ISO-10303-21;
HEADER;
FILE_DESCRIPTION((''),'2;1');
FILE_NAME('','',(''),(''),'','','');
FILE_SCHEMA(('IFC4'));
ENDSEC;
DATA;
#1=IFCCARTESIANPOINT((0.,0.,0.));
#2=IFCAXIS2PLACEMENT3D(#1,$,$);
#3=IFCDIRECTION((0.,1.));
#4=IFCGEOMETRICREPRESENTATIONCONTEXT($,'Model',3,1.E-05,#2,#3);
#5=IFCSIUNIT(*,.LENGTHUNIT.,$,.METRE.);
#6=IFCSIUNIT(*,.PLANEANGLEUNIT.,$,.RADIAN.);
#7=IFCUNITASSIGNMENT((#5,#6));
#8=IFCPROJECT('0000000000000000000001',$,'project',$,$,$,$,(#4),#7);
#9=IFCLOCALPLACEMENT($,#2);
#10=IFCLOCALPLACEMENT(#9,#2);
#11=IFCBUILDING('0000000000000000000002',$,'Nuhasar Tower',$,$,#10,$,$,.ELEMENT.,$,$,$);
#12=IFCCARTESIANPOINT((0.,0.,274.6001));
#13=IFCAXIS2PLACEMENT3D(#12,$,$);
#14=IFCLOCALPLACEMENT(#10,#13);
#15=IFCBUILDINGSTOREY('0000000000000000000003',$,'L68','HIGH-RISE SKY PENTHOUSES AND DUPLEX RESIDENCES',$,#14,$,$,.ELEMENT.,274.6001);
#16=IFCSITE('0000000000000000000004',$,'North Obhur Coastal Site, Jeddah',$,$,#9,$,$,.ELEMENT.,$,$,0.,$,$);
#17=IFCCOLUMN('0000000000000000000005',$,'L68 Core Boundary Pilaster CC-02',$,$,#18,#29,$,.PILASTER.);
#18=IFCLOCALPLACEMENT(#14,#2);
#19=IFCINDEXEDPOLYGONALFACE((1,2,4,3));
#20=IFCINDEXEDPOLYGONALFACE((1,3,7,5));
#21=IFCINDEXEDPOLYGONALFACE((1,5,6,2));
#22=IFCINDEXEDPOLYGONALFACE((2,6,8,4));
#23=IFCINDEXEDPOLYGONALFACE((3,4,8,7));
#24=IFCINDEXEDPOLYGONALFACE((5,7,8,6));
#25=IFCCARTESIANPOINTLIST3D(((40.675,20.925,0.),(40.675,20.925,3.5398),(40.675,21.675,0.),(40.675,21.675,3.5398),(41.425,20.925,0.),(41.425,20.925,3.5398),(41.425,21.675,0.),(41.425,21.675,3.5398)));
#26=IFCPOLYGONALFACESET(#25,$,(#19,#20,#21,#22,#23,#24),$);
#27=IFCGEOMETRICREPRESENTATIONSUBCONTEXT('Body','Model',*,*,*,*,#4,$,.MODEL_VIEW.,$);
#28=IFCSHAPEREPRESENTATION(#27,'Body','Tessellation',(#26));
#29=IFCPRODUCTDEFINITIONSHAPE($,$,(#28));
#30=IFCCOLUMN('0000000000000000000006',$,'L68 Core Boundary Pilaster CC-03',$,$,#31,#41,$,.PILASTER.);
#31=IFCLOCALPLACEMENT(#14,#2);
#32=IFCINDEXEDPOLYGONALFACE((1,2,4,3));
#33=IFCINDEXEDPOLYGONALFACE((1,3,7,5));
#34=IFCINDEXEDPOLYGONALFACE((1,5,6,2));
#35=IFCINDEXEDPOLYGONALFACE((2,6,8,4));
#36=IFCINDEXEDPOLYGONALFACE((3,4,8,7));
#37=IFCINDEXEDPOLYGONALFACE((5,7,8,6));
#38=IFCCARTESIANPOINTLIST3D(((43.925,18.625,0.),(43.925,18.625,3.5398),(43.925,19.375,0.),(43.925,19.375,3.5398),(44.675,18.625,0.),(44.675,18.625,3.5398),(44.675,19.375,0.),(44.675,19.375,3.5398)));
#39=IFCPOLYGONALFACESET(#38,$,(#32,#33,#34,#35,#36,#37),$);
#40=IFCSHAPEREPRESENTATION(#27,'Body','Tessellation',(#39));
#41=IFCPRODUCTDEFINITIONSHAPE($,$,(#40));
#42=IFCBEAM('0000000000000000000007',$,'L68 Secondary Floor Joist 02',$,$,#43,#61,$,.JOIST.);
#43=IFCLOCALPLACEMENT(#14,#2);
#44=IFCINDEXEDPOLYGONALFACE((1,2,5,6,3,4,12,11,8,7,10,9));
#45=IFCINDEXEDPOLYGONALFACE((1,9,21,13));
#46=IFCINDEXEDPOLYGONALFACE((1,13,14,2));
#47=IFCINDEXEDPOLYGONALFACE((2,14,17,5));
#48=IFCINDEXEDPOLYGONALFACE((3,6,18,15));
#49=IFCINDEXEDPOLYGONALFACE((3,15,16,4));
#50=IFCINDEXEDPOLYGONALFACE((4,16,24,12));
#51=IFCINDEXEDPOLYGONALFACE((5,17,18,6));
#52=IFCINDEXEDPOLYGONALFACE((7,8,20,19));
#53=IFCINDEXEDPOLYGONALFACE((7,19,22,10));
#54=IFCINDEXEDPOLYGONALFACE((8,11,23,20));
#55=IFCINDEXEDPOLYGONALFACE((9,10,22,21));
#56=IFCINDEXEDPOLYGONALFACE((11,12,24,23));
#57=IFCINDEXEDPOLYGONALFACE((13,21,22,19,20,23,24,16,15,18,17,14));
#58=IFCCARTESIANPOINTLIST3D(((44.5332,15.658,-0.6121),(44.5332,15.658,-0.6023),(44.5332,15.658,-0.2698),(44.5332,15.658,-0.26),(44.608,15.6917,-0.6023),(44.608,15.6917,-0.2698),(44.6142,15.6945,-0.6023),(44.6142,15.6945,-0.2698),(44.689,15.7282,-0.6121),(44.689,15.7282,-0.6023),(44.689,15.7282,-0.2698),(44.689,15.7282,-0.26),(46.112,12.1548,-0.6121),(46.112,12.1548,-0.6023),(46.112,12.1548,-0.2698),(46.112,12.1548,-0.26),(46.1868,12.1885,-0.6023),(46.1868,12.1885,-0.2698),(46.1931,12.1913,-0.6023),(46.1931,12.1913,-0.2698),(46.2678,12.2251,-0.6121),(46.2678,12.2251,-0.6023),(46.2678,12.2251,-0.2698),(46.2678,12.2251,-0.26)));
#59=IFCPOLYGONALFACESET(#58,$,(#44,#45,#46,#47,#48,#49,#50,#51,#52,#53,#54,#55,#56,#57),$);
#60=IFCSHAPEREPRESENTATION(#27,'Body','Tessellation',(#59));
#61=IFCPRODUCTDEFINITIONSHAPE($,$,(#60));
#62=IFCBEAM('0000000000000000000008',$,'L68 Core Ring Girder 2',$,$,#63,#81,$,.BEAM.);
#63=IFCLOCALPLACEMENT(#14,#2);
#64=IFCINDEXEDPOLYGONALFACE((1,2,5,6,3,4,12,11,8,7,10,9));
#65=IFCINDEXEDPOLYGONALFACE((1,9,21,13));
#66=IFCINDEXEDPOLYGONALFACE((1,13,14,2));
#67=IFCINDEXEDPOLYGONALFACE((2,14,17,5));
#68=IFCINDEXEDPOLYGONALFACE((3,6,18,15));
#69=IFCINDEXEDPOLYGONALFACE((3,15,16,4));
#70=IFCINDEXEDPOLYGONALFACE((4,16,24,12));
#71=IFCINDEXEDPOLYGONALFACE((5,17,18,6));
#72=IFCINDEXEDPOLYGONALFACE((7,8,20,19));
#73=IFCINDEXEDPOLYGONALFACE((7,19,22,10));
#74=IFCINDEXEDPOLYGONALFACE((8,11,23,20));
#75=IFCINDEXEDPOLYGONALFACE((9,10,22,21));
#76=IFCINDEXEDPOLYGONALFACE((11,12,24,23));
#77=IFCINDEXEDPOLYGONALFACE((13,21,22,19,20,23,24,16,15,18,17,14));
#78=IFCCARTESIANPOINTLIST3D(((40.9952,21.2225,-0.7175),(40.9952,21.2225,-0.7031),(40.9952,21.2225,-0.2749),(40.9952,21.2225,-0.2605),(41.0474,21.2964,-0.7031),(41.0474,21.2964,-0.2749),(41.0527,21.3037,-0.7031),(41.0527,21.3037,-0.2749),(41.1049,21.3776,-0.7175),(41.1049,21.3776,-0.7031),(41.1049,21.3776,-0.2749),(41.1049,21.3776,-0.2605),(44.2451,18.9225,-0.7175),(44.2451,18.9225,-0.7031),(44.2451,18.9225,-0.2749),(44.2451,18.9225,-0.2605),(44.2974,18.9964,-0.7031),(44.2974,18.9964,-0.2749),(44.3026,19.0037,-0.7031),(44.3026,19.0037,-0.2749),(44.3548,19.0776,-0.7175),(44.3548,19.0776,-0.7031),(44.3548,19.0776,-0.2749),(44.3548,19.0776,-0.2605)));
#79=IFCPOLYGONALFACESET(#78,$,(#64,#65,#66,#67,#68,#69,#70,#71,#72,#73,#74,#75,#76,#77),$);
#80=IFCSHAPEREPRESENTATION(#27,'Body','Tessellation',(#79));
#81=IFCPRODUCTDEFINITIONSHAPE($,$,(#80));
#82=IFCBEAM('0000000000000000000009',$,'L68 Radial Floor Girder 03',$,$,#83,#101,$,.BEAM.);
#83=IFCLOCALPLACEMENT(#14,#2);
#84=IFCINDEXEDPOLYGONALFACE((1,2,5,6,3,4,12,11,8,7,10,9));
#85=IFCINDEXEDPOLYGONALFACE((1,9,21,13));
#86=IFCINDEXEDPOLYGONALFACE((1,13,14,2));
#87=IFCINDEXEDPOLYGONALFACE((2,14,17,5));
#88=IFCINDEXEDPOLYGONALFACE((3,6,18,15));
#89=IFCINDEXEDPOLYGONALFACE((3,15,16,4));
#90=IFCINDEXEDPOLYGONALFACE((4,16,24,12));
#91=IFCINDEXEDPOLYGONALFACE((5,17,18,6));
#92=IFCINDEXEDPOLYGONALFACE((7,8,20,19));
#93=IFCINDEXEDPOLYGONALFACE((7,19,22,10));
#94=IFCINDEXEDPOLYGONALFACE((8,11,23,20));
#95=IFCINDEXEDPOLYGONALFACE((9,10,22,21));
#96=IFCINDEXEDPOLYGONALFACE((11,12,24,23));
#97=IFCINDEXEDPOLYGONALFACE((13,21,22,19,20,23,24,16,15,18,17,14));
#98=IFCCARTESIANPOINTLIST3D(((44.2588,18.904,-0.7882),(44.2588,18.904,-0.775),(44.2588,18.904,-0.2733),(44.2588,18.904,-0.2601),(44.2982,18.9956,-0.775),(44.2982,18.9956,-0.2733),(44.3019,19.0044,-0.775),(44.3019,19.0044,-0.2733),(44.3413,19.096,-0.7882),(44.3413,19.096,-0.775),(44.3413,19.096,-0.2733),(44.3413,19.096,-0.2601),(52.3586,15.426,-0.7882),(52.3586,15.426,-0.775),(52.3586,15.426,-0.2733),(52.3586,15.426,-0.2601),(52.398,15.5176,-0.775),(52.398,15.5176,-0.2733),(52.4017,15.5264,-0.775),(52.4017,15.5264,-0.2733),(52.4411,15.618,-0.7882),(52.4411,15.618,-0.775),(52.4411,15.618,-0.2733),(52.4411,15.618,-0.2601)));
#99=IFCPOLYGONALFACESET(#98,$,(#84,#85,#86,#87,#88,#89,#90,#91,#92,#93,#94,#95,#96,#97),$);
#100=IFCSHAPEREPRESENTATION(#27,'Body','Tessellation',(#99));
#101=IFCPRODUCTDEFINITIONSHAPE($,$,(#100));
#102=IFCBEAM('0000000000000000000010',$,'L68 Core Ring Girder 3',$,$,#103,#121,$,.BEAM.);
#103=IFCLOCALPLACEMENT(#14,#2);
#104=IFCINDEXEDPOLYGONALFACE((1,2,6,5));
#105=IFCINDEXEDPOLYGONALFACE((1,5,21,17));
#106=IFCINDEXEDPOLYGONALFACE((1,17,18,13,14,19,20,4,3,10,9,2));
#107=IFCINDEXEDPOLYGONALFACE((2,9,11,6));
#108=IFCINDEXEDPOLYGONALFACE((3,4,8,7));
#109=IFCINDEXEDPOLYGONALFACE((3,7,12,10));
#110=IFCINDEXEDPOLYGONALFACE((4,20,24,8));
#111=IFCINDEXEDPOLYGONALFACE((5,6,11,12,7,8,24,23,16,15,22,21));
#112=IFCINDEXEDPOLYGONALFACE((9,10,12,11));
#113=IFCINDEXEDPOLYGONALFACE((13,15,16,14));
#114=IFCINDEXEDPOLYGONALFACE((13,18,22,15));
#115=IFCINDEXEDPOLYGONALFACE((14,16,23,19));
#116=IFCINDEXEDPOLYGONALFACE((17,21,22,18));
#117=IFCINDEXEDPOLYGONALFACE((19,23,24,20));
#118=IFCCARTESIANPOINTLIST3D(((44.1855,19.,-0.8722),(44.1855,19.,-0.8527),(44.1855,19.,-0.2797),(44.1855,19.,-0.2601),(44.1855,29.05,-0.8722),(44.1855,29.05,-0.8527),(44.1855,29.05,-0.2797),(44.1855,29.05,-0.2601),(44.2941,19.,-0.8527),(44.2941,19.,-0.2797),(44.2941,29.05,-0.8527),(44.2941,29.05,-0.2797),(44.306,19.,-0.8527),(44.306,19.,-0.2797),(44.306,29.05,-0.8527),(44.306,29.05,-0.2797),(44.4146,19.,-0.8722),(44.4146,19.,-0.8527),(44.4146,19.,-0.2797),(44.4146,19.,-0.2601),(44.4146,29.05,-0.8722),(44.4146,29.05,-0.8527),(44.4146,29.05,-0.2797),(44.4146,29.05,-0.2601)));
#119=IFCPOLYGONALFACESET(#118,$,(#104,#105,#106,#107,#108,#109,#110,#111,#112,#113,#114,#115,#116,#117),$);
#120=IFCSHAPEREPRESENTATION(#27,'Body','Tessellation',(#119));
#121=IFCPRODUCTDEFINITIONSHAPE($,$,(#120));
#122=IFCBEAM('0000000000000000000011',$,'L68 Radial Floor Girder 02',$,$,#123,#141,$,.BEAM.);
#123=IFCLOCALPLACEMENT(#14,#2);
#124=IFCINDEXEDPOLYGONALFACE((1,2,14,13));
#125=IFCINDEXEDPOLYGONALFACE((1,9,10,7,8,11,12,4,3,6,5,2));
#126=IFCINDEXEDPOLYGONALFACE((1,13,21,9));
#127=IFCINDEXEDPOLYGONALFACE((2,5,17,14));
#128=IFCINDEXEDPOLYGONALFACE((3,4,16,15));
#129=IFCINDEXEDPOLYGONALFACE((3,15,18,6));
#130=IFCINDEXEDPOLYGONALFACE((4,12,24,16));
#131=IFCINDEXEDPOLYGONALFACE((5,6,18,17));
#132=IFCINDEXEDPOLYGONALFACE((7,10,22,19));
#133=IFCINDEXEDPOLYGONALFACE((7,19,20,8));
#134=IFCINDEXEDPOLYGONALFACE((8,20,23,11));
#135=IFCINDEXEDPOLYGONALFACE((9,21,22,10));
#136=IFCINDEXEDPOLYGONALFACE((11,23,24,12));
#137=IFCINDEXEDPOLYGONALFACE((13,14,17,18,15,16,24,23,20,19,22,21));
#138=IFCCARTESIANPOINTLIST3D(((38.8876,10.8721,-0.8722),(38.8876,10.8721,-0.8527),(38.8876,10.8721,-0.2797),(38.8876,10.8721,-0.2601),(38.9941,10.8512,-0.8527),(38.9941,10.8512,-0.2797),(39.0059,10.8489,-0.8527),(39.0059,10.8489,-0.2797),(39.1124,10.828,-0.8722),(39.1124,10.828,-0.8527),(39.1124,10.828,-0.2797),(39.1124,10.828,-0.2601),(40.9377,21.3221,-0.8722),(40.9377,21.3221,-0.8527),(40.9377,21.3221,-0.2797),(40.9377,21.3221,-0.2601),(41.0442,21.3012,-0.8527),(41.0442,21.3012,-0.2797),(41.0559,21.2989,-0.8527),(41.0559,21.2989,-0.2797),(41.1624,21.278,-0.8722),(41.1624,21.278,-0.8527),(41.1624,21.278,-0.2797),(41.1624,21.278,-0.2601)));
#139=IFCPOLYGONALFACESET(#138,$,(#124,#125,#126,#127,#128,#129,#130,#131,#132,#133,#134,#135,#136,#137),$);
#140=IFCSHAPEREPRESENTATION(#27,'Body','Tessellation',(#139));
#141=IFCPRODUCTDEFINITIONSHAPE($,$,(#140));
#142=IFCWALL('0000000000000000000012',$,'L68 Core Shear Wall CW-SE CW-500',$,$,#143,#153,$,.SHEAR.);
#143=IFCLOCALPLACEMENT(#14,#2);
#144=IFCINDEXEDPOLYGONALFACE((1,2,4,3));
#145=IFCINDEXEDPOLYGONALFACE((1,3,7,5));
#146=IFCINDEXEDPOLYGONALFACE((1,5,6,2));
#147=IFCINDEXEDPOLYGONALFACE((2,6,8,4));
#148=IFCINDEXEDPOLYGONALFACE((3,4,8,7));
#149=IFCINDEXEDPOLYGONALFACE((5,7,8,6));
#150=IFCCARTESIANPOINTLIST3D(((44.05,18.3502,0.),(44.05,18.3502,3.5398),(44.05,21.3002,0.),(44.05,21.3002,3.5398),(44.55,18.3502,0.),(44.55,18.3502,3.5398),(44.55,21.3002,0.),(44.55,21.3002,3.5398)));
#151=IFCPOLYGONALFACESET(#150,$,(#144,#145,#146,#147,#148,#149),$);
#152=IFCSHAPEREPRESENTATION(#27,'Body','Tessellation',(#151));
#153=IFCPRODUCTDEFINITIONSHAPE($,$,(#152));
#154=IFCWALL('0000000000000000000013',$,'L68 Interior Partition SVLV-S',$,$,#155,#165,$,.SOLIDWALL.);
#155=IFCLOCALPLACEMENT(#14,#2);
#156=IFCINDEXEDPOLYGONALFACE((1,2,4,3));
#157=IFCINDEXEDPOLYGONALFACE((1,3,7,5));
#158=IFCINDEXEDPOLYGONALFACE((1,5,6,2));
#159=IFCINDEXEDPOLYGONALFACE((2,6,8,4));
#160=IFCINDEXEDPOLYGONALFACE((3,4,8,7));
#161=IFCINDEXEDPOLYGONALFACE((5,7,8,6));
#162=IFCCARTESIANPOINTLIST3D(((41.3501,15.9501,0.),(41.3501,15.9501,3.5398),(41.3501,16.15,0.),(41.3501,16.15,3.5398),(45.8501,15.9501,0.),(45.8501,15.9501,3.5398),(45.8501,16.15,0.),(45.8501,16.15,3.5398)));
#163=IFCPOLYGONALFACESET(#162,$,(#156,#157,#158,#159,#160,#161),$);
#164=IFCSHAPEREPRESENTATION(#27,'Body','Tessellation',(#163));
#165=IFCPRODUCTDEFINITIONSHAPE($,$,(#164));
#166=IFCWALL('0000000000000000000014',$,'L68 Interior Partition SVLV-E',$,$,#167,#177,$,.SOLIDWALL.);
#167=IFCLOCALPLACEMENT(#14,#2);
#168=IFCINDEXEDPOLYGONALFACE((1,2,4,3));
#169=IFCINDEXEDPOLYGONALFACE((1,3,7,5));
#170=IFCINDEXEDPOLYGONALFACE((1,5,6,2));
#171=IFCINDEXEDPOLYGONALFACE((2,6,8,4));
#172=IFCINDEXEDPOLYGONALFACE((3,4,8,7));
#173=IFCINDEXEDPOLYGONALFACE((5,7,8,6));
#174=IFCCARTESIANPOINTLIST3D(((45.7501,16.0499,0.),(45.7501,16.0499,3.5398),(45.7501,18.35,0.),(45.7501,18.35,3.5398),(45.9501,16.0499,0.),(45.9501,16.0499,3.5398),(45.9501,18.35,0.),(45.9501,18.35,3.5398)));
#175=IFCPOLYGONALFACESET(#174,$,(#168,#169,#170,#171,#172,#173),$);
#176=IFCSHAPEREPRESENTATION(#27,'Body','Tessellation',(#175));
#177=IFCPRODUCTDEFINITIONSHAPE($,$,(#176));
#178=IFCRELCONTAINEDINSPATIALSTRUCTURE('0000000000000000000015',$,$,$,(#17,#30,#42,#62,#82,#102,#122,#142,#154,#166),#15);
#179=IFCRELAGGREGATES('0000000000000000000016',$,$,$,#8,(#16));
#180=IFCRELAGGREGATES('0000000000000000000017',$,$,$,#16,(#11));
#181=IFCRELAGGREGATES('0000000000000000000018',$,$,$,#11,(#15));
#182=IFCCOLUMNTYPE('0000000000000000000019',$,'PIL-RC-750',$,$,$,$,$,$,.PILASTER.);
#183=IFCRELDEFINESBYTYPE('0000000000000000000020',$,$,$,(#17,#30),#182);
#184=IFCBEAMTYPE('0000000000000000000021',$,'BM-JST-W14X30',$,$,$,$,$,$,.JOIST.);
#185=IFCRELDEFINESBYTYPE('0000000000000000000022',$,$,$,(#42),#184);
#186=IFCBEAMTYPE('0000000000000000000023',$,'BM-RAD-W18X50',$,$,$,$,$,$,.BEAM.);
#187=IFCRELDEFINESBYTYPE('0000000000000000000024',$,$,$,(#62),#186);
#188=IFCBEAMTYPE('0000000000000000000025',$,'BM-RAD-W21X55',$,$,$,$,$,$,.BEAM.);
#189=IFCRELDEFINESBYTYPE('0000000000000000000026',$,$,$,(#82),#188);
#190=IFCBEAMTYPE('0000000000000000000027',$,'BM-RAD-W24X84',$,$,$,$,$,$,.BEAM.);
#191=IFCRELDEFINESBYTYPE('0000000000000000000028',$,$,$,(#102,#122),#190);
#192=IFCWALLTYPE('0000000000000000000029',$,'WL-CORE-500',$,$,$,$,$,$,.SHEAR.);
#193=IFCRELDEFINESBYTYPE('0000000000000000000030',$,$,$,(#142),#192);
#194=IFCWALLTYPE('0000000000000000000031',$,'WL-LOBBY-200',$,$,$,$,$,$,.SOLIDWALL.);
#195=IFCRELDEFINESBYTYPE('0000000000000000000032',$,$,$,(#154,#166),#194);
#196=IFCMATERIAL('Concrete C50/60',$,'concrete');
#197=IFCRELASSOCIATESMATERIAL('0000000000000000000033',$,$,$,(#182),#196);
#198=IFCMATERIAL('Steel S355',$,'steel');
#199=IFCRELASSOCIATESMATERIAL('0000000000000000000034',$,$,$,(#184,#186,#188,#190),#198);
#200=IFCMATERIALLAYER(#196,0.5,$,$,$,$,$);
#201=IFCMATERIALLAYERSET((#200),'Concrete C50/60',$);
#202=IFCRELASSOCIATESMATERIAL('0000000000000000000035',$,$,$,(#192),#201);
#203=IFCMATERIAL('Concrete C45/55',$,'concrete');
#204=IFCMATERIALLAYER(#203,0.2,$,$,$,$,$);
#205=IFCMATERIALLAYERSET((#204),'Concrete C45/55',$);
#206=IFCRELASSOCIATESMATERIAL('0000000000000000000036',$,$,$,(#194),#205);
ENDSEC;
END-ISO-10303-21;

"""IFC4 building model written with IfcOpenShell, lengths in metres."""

from ifc_helpers import new_model, si_unit, direction, frame, frame_2d, origin, origin_2d, place, context, subcontext, project, spatial, rectangle, i_section, extrude, material, layer, layer_set, material_profile, profile_set, type_object, element, save


model = new_model("IFC4")

# Units and contexts
model_context = context("Model", 3, precision=1e-05, world=origin(), true_north=direction((0.0, 1.0)))
body_context = subcontext(model_context, "Body", "Model", "MODEL_VIEW")
ifc_project = project(units=[si_unit("LENGTHUNIT", "METRE"), si_unit("PLANEANGLEUNIT", "RADIAN")], contexts=[model_context])

# Site, building, storey
site_placement = place(None, origin())
site = spatial("IfcSite", under=ifc_project, at=site_placement, Name="North Obhur Coastal Site, Jeddah", CompositionType="ELEMENT", RefElevation=0.0)
building_placement = place(site_placement, origin())
building = spatial("IfcBuilding", under=site, at=building_placement, Name="Nuhasar Tower", CompositionType="ELEMENT")
storey_placement = place(building_placement, frame((0.0, 0.0, 274.6001)))
storey = spatial("IfcBuildingStorey", under=building, at=storey_placement, Name="L68", Description="HIGH-RISE SKY PENTHOUSES AND DUPLEX RESIDENCES", CompositionType="ELEMENT", Elevation=274.6001)

# Columns
ifc_material_1 = material(Name="Concrete C50/60", Category="concrete")
ifc_material_profile_1 = material_profile(ifc_material_1, rectangle(XDim=0.75, YDim=0.75, at=origin_2d()), Name="RC750X750")
ifc_profile_set_1 = profile_set([ifc_material_profile_1], Name="Concrete C50/60")
column_type = type_object("IfcColumnType", Name="PIL-RC-750", PredefinedType="PILASTER", material=ifc_profile_set_1)
for number, where, z_axis, x_axis, name in (
    (1, (41.05, 21.3, 0.0), (0.0, 0.0, 1.0), (1.0, 0.0, 0.0), "L68 Core Boundary Pilaster CC-02"),
    (2, (44.3, 19.0, 0.0), (0.0, 0.0, 1.0), (1.0, 0.0, 0.0), "L68 Core Boundary Pilaster CC-03"),
):
    element("IfcColumn", number, at=place(storey_placement, frame(where, z_axis=z_axis, x_axis=x_axis)), inside=storey, type_object=column_type, Name=name, PredefinedType="PILASTER", context=body_context, shape_type="SweptSolid", body=[
        extrude(rectangle(XDim=0.75, YDim=0.75, at=origin_2d()), origin(), (0.0, 0.0, 1.0), 3.5398),
    ])

# Beams
ifc_material_2 = material(Name="Steel S355", Category="steel")
ifc_material_profile_2 = material_profile(ifc_material_2, i_section(OverallWidth=0.1709, OverallDepth=0.3521, WebThickness=0.0068, FlangeThickness=0.0098, at=origin_2d()), Name="W14X30")
ifc_profile_set_2 = profile_set([ifc_material_profile_2], Name="Steel S355")
beam_type_1 = type_object("IfcBeamType", Name="BM-JST-W14X30", PredefinedType="JOIST", material=ifc_profile_set_2)
beam_1_placement = place(storey_placement, frame((44.6111, 15.6931, -0.436), z_axis=(0.41089, -0.911685, 0.0), x_axis=(0.911685, 0.41089, 0.0)))
element("IfcBeam", 3, at=beam_1_placement, inside=storey, type_object=beam_type_1, Name="L68 Secondary Floor Joist 02", PredefinedType="JOIST", context=body_context, shape_type="SweptSolid", body=[
    extrude(i_section(OverallWidth=0.1709, OverallDepth=0.3521, WebThickness=0.0068, FlangeThickness=0.0098, at=origin_2d()), origin(), (0.0, 0.0, 1.0), 3.8425),
])
ifc_material_profile_3 = material_profile(ifc_material_2, i_section(OverallWidth=0.1899, OverallDepth=0.457, WebThickness=0.009, FlangeThickness=0.0144, at=origin_2d()), Name="W18X50")
ifc_profile_set_3 = profile_set([ifc_material_profile_3], Name="Steel S355")
beam_type_2 = type_object("IfcBeamType", Name="BM-RAD-W18X50", PredefinedType="BEAM", material=ifc_profile_set_3)
beam_2_placement = place(storey_placement, frame((41.05, 21.3, -0.489), z_axis=(0.816265, -0.577677, 0.0), x_axis=(0.577677, 0.816265, 0.0)))
element("IfcBeam", 4, at=beam_2_placement, inside=storey, type_object=beam_type_2, Name="L68 Core Ring Girder 2", PredefinedType="BEAM", context=body_context, shape_type="SweptSolid", body=[
    extrude(i_section(OverallWidth=0.1899, OverallDepth=0.457, WebThickness=0.009, FlangeThickness=0.0144, at=origin_2d()), origin(), (0.0, 0.0, 1.0), 3.9814),
])
ifc_material_profile_4 = material_profile(ifc_material_2, i_section(OverallWidth=0.209, OverallDepth=0.5281, WebThickness=0.0095, FlangeThickness=0.0132, at=origin_2d()), Name="W21X55")
ifc_profile_set_4 = profile_set([ifc_material_profile_4], Name="Steel S355")
beam_type_3 = type_object("IfcBeamType", Name="BM-RAD-W21X55", PredefinedType="BEAM", material=ifc_profile_set_4)
beam_3_placement = place(storey_placement, frame((44.3, 19.0, -0.5242), z_axis=(0.918871, -0.394558, 0.0), x_axis=(0.394558, 0.918871, 0.0)))
element("IfcBeam", 5, at=beam_3_placement, inside=storey, type_object=beam_type_3, Name="L68 Radial Floor Girder 03", PredefinedType="BEAM", context=body_context, shape_type="SweptSolid", body=[
    extrude(i_section(OverallWidth=0.209, OverallDepth=0.5281, WebThickness=0.0095, FlangeThickness=0.0132, at=origin_2d()), origin(), (0.0, 0.0, 1.0), 8.8149),
])
ifc_material_profile_5 = material_profile(ifc_material_2, i_section(OverallWidth=0.229, OverallDepth=0.6121, WebThickness=0.012, FlangeThickness=0.0195, at=origin_2d()), Name="W24X84")
ifc_profile_set_5 = profile_set([ifc_material_profile_5], Name="Steel S355")
beam_type_4 = type_object("IfcBeamType", Name="BM-RAD-W24X84", PredefinedType="BEAM", material=ifc_profile_set_5)
beam_4_placement = place(storey_placement, frame((44.3, 19.0, -0.5662), z_axis=(0.0, 1.0, 0.0), x_axis=(-1.0, 0.0, 0.0)))
element("IfcBeam", 6, at=beam_4_placement, inside=storey, type_object=beam_type_4, Name="L68 Core Ring Girder 3", PredefinedType="BEAM", context=body_context, shape_type="SweptSolid", body=[
    extrude(i_section(OverallWidth=0.229, OverallDepth=0.6121, WebThickness=0.012, FlangeThickness=0.0195, at=origin_2d()), origin(), (0.0, 0.0, 1.0), 10.05),
])
beam_5_placement = place(storey_placement, frame((41.05, 21.3, -0.5662), z_axis=(-0.192508, -0.981295, 0.0), x_axis=(0.981295, -0.192508, 0.0)))
element("IfcBeam", 7, at=beam_5_placement, inside=storey, type_object=beam_type_4, Name="L68 Radial Floor Girder 02", PredefinedType="BEAM", context=body_context, shape_type="SweptSolid", body=[
    extrude(i_section(OverallWidth=0.229, OverallDepth=0.6121, WebThickness=0.012, FlangeThickness=0.0195, at=origin_2d()), origin(), (0.0, 0.0, 1.0), 10.6492),
])

# Wall
ifc_layer_1 = layer(ifc_material_1, 0.5)
ifc_layer_set_1 = layer_set([ifc_layer_1], Name="Concrete C50/60")
wall_type_1 = type_object("IfcWallType", Name="WL-CORE-500", PredefinedType="SHEAR", material=ifc_layer_set_1)
wall_1_placement = place(storey_placement, frame((44.3, 18.3501, 0.0), z_axis=(0.0, 0.0, 1.0), x_axis=(0.0, 1.0, 0.0)))
element("IfcWall", 8, at=wall_1_placement, inside=storey, type_object=wall_type_1, Name="L68 Core Shear Wall CW-SE CW-500", PredefinedType="SHEAR", context=body_context, shape_type="SweptSolid", body=[
    extrude(rectangle(XDim=2.95, YDim=0.5, at=frame_2d((1.4751, 0.0))), origin(), (0.0, 0.0, 1.0), 3.5398),
])

# Shared definitions
ifc_material_3 = material(Name="Concrete C45/55", Category="concrete")
ifc_layer_2 = layer(ifc_material_3, 0.2)
ifc_layer_set_2 = layer_set([ifc_layer_2], Name="Concrete C45/55")
wall_type_2 = type_object("IfcWallType", Name="WL-LOBBY-200", PredefinedType="SOLIDWALL", material=ifc_layer_set_2)

# Walls
wall_2_placement = place(storey_placement, frame((41.3501, 16.05, 0.0), z_axis=(0.0, 0.0, 1.0), x_axis=(1.0, 0.0, 0.0)))
element("IfcWall", 9, at=wall_2_placement, inside=storey, type_object=wall_type_2, Name="L68 Interior Partition SVLV-S", PredefinedType="SOLIDWALL", context=body_context, shape_type="SweptSolid", body=[
    extrude(rectangle(XDim=4.5, YDim=0.2, at=frame_2d((2.25, 0.0))), origin(), (0.0, 0.0, 1.0), 3.5398),
])
wall_3_placement = place(storey_placement, frame((45.8501, 16.05, 0.0), z_axis=(0.0, 0.0, 1.0), x_axis=(0.0, 1.0, 0.0)))
element("IfcWall", 10, at=wall_3_placement, inside=storey, type_object=wall_type_2, Name="L68 Interior Partition SVLV-E", PredefinedType="SOLIDWALL", context=body_context, shape_type="SweptSolid", body=[
    extrude(rectangle(XDim=2.3, YDim=0.2, at=frame_2d((1.1499, 0.0))), origin(), (0.0, 0.0, 1.0), 3.5398),
])

save(model, "model.ifc")
